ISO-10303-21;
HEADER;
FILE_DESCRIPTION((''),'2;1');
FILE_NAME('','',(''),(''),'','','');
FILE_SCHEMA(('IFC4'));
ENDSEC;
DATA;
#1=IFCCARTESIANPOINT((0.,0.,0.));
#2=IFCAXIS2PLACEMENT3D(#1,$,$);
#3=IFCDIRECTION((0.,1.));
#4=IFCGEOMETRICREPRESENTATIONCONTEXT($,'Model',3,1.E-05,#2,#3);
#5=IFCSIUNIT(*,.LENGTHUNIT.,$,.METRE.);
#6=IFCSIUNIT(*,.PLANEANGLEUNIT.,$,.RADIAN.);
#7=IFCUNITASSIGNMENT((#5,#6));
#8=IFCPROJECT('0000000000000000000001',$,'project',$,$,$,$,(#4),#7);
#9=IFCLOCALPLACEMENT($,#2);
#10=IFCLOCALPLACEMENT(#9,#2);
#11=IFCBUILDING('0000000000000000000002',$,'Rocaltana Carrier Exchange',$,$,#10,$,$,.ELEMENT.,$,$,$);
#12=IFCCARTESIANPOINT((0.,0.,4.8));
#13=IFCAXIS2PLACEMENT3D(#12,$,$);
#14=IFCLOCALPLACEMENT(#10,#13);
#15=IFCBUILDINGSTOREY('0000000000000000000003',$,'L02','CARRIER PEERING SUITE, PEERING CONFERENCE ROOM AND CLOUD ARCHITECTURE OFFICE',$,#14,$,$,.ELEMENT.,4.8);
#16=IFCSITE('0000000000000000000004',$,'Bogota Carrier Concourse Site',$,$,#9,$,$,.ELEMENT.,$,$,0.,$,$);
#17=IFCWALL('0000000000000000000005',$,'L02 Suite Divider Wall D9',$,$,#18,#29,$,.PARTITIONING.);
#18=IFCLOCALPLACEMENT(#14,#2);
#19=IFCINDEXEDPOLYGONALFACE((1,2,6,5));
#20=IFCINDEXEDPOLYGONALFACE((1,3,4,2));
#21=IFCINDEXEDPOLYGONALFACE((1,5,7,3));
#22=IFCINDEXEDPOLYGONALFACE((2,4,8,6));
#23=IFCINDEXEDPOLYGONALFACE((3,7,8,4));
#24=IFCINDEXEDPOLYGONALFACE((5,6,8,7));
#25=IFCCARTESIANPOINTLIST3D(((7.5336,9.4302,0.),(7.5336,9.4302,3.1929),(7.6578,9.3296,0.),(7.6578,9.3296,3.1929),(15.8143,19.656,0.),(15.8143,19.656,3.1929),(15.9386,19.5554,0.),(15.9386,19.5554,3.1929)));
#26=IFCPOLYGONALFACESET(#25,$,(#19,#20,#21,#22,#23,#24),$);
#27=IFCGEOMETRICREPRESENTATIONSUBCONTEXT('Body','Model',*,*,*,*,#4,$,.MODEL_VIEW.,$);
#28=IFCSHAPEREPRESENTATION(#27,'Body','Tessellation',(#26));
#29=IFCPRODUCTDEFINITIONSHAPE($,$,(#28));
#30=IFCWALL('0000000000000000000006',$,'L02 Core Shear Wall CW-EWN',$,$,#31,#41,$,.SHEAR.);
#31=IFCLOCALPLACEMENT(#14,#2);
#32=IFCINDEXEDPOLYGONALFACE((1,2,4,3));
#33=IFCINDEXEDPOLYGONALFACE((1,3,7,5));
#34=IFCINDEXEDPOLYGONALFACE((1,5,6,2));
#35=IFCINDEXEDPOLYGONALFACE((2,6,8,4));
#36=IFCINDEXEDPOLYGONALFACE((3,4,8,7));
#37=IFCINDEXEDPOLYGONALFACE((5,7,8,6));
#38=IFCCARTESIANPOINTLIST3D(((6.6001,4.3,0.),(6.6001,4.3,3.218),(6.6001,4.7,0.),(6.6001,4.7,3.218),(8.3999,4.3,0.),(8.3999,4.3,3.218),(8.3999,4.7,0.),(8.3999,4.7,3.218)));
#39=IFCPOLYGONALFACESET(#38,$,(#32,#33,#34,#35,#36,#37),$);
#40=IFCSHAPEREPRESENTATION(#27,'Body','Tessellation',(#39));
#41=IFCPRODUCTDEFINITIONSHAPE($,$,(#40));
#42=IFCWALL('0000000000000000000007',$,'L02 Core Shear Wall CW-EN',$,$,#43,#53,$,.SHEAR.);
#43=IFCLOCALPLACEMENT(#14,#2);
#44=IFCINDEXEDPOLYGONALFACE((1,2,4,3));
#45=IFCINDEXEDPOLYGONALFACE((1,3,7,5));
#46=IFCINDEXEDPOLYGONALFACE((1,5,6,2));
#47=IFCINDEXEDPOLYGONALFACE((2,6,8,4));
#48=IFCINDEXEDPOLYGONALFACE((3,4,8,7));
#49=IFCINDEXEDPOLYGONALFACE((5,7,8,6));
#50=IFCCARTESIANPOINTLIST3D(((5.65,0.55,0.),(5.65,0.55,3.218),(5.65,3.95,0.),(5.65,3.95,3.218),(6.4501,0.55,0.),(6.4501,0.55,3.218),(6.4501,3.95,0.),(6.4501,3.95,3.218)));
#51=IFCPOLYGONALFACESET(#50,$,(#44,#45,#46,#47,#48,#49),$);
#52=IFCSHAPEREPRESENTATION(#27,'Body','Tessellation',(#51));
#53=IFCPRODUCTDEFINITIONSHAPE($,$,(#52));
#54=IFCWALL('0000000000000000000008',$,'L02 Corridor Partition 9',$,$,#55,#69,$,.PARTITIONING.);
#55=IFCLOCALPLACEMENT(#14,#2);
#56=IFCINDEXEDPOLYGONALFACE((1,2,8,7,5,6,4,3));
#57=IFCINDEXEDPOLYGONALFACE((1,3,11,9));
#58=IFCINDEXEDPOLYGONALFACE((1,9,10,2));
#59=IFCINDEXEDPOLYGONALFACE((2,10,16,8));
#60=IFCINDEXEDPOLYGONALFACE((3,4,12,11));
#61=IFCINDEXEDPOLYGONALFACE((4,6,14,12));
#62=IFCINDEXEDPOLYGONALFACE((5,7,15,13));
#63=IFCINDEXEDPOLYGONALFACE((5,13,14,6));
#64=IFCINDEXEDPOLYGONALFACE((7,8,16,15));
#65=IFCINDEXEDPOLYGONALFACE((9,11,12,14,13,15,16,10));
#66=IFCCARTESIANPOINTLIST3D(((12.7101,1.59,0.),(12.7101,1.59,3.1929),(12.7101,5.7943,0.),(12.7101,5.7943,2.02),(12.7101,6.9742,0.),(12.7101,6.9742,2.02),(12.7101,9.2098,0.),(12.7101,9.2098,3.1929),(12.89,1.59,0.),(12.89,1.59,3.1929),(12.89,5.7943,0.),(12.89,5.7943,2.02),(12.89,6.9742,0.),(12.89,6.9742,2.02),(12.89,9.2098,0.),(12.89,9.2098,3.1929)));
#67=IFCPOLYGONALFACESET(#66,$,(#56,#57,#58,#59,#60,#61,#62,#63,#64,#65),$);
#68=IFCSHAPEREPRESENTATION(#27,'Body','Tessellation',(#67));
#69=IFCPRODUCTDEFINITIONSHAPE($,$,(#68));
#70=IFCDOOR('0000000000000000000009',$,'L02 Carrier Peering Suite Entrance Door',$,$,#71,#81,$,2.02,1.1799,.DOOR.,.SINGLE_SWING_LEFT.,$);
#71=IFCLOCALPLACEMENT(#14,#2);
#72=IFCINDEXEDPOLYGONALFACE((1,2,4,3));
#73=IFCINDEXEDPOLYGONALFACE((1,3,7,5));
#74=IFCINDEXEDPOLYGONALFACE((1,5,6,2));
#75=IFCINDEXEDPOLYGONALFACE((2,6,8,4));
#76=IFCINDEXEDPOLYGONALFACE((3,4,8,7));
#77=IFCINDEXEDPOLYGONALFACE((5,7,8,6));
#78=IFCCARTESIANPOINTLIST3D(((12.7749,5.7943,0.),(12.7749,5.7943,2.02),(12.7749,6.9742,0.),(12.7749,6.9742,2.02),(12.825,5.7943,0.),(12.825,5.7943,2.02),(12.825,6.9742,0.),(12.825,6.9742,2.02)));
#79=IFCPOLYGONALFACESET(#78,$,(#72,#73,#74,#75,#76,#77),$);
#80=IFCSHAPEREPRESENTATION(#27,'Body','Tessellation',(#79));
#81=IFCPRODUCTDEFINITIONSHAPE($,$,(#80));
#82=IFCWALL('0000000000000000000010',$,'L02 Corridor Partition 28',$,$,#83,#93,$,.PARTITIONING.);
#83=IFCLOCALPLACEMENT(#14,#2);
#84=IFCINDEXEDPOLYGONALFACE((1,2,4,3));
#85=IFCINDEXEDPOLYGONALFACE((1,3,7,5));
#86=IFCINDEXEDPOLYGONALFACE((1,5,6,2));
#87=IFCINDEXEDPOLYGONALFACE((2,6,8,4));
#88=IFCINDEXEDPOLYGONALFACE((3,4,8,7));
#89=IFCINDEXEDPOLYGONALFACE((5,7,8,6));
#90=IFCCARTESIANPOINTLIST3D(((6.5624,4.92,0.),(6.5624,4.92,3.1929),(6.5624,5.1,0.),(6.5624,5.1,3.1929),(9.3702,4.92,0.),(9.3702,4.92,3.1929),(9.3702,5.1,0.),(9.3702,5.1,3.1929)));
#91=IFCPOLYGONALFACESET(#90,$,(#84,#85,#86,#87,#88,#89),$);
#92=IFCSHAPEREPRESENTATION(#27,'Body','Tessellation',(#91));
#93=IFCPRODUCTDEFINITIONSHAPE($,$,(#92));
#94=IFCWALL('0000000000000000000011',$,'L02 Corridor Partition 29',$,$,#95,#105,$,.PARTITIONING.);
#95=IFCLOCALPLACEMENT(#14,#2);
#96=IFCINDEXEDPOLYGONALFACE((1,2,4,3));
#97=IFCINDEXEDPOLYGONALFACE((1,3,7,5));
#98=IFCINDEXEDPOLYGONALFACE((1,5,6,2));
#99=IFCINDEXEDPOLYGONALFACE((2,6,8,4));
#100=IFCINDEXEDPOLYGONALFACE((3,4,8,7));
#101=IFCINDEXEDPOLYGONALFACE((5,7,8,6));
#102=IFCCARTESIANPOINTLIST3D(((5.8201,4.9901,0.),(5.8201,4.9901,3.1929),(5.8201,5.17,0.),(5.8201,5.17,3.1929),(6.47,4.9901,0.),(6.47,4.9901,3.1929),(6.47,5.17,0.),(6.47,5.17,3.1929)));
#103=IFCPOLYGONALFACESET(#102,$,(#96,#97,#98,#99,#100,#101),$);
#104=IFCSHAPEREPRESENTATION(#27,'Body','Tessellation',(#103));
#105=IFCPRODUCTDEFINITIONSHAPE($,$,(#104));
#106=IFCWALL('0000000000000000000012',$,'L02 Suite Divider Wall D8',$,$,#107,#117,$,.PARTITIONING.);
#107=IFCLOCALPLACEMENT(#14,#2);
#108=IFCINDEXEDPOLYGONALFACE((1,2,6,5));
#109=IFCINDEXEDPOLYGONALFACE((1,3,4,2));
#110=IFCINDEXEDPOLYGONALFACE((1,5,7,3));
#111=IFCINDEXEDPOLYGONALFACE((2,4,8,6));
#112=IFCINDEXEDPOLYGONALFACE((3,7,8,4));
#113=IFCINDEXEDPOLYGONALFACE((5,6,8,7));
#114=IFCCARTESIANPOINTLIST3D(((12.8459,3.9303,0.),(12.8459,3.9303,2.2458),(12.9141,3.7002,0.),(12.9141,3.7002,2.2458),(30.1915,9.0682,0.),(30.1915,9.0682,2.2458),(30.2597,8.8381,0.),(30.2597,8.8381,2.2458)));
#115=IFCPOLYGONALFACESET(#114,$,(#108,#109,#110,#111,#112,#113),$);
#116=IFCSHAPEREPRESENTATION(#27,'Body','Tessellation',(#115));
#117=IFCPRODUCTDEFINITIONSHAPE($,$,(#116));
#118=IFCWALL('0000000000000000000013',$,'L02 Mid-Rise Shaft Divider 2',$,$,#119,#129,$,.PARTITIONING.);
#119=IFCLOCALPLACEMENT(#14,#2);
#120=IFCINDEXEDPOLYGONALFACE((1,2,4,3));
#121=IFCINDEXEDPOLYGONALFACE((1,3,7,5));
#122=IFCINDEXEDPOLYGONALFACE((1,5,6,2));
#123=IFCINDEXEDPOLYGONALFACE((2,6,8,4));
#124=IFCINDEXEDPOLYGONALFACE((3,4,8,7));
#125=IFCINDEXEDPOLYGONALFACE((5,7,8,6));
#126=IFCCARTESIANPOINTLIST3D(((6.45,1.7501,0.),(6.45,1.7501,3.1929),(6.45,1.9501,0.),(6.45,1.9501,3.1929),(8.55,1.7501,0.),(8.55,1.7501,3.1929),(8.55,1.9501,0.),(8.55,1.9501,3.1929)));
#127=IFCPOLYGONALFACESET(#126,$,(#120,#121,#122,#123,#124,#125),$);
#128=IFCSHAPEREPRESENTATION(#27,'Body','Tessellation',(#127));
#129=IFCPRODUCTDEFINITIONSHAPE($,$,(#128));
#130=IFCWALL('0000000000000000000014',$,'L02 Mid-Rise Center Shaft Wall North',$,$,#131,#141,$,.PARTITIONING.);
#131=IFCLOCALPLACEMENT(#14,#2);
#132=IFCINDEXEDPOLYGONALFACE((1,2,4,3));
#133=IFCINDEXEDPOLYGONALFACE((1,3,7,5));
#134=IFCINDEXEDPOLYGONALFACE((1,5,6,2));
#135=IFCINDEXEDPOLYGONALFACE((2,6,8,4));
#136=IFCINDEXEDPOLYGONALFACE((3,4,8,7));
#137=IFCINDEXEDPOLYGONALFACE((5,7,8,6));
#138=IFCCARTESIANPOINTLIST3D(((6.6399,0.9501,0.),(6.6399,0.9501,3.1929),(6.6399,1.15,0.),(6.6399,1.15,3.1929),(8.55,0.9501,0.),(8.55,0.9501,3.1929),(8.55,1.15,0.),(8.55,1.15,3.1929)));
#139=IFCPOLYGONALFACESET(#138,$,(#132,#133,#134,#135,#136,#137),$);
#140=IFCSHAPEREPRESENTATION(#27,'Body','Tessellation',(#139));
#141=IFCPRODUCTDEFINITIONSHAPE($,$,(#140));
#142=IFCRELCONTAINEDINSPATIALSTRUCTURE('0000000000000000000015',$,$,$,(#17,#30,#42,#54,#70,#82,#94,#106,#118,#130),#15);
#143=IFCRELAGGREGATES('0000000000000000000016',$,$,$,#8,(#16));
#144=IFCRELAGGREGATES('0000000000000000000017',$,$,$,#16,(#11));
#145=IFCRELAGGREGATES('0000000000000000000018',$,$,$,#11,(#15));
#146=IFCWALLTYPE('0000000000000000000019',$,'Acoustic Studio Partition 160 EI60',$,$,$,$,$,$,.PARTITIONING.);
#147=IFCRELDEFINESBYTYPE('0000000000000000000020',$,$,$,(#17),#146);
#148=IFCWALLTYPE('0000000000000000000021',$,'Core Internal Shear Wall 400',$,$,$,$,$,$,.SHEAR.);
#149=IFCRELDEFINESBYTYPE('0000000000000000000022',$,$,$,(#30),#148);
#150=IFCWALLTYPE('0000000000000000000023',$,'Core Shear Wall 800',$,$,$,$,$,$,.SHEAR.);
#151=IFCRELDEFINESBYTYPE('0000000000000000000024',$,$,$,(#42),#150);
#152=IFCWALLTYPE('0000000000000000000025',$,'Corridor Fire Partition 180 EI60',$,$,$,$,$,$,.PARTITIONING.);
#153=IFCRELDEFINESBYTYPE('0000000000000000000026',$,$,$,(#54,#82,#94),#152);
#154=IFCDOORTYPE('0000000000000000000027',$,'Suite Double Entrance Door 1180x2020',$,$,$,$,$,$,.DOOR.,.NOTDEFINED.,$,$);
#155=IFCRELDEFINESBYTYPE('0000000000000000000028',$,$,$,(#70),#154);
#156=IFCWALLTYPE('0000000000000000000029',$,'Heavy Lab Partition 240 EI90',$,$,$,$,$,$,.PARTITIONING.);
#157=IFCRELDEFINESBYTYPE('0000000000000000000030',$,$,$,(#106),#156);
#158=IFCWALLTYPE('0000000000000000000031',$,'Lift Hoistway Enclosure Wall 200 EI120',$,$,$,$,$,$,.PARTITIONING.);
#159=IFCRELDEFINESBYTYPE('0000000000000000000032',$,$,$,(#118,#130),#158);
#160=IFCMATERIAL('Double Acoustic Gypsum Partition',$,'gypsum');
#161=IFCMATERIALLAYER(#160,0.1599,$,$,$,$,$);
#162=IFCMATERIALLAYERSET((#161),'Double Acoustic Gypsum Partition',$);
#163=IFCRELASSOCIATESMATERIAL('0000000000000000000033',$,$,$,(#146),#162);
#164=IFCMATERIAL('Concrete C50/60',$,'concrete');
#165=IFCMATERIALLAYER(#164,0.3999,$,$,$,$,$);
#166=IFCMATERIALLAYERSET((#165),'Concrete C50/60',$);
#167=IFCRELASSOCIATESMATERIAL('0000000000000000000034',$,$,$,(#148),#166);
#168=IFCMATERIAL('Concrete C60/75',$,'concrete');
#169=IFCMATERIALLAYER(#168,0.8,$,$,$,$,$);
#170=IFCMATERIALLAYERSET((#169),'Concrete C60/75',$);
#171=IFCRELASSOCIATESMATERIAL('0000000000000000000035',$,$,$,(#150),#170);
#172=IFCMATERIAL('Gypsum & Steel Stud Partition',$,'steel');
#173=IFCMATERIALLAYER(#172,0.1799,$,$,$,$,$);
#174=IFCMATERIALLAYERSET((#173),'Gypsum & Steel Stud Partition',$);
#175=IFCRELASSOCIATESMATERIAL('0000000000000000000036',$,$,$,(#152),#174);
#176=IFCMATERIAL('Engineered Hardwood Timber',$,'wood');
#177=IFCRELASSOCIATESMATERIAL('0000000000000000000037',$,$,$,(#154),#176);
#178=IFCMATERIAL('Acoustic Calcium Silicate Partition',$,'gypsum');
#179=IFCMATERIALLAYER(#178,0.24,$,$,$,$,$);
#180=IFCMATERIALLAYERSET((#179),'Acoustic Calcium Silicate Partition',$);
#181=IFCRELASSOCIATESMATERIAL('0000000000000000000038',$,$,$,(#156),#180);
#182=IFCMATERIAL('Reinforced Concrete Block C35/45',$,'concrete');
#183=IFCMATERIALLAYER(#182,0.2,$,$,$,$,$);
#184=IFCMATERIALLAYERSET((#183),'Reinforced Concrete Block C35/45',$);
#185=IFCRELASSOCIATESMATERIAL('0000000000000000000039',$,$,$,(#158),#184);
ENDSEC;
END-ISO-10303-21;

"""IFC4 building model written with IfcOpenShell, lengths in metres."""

from ifc_helpers import new_model, si_unit, direction, frame, frame_2d, origin, place, context, subcontext, project, spatial, rectangle, extrude, material, layer, layer_set, type_object, element, fill, save


model = new_model("IFC4")

# Units and contexts
model_context = context("Model", 3, precision=1e-05, world=origin(), true_north=direction((0.0, 1.0)))
body_context = subcontext(model_context, "Body", "Model", "MODEL_VIEW")
ifc_project = project(units=[si_unit("LENGTHUNIT", "METRE"), si_unit("PLANEANGLEUNIT", "RADIAN")], contexts=[model_context])

# Site, building, storey
site_placement = place(None, origin())
site = spatial("IfcSite", under=ifc_project, at=site_placement, Name="Bogota Carrier Concourse Site", CompositionType="ELEMENT", RefElevation=0.0)
building_placement = place(site_placement, origin())
building = spatial("IfcBuilding", under=site, at=building_placement, Name="Rocaltana Carrier Exchange", CompositionType="ELEMENT")
storey_placement = place(building_placement, frame((0.0, 0.0, 4.8)))
storey = spatial("IfcBuildingStorey", under=building, at=storey_placement, Name="L02", Description="CARRIER PEERING SUITE, PEERING CONFERENCE ROOM AND CLOUD ARCHITECTURE OFFICE", CompositionType="ELEMENT", Elevation=4.8)

# Walls
ifc_material_1 = material(Name="Double Acoustic Gypsum Partition", Category="gypsum")
ifc_layer_1 = layer(ifc_material_1, 0.1599)
ifc_layer_set_1 = layer_set([ifc_layer_1], Name="Double Acoustic Gypsum Partition")
wall_type_1 = type_object("IfcWallType", Name="Acoustic Studio Partition 160 EI60", PredefinedType="PARTITIONING", material=ifc_layer_set_1)
wall_1_placement = place(storey_placement, frame((7.5957, 9.3799, 0.0), z_axis=(0.0, 0.0, 1.0), x_axis=(0.629323, 0.777144, 0.0)))
element("IfcWall", 1, at=wall_1_placement, inside=storey, type_object=wall_type_1, Name="L02 Suite Divider Wall D9", PredefinedType="PARTITIONING", context=body_context, shape_type="SweptSolid", body=[
    extrude(rectangle(XDim=13.1582, YDim=0.1599, at=frame_2d((6.5791, 0.0))), origin(), (0.0, 0.0, 1.0), 3.1929),
])
ifc_material_2 = material(Name="Concrete C50/60", Category="concrete")
ifc_layer_2 = layer(ifc_material_2, 0.3999)
ifc_layer_set_2 = layer_set([ifc_layer_2], Name="Concrete C50/60")
wall_type_2 = type_object("IfcWallType", Name="Core Internal Shear Wall 400", PredefinedType="SHEAR", material=ifc_layer_set_2)
wall_2_placement = place(storey_placement, frame((6.6001, 4.5, 0.0), z_axis=(0.0, 0.0, 1.0), x_axis=(1.0, 0.0, 0.0)))
element("IfcWall", 2, at=wall_2_placement, inside=storey, type_object=wall_type_2, Name="L02 Core Shear Wall CW-EWN", PredefinedType="SHEAR", context=body_context, shape_type="SweptSolid", body=[
    extrude(rectangle(XDim=1.7998, YDim=0.3999, at=frame_2d((0.8999, 0.0))), origin(), (0.0, 0.0, 1.0), 3.218),
])
ifc_material_3 = material(Name="Concrete C60/75", Category="concrete")
ifc_layer_3 = layer(ifc_material_3, 0.8)
ifc_layer_set_3 = layer_set([ifc_layer_3], Name="Concrete C60/75")
wall_type_3 = type_object("IfcWallType", Name="Core Shear Wall 800", PredefinedType="SHEAR", material=ifc_layer_set_3)
wall_3_placement = place(storey_placement, frame((6.05, 0.55, 0.0), z_axis=(0.0, 0.0, 1.0), x_axis=(0.0, 1.0, 0.0)))
element("IfcWall", 3, at=wall_3_placement, inside=storey, type_object=wall_type_3, Name="L02 Core Shear Wall CW-EN", PredefinedType="SHEAR", context=body_context, shape_type="SweptSolid", body=[
    extrude(rectangle(XDim=3.3999, YDim=0.8, at=frame_2d((1.7, 0.0))), origin(), (0.0, 0.0, 1.0), 3.218),
])

# Wall, opening, door
ifc_material_4 = material(Name="Gypsum & Steel Stud Partition", Category="steel")
ifc_layer_4 = layer(ifc_material_4, 0.1799)
ifc_layer_set_4 = layer_set([ifc_layer_4], Name="Gypsum & Steel Stud Partition")
wall_type_4 = type_object("IfcWallType", Name="Corridor Fire Partition 180 EI60", PredefinedType="PARTITIONING", material=ifc_layer_set_4)
wall_4_placement = place(storey_placement, frame((12.8, 9.21, 0.0), z_axis=(0.0, 0.0, 1.0), x_axis=(0.0, -1.0, 0.0)))
wall_4 = element("IfcWall", 4, at=wall_4_placement, inside=storey, type_object=wall_type_4, Name="L02 Corridor Partition 9", PredefinedType="PARTITIONING", context=body_context, shape_type="SweptSolid", body=[
    extrude(rectangle(XDim=7.6199, YDim=0.1799, at=frame_2d((3.8101, 0.0))), origin(), (0.0, 0.0, 1.0), 3.1929),
])
opening_1_placement = place(wall_4_placement, frame((2.2358, 0.0, 0.0)))
opening_1 = element("IfcOpeningElement", 5, at=opening_1_placement, cuts=wall_4, PredefinedType="OPENING", context=body_context, shape_type="SweptSolid", body=[
    extrude(rectangle(XDim=1.1799, YDim=2.02, at=frame_2d((0.5898, 1.01))), frame((0.0, 0.0999, 0.0), z_axis=(0.0, -1.0, 0.0), x_axis=(1.0, 0.0, 0.0)), (0.0, 0.0, 1.0), 0.2),
])
ifc_material_5 = material(Name="Engineered Hardwood Timber", Category="wood")
door_type = type_object("IfcDoorType", Name="Suite Double Entrance Door 1180x2020", OperationType="NOTDEFINED", PredefinedType="DOOR", material=ifc_material_5)
door_placement = place(opening_1_placement, origin())
door = element("IfcDoor", 6, at=door_placement, inside=storey, type_object=door_type, Name="L02 Carrier Peering Suite Entrance Door", OperationType="SINGLE_SWING_LEFT", OverallHeight=2.02, OverallWidth=1.1799, PredefinedType="DOOR", context=body_context, shape_type="SweptSolid", body=[
    extrude(rectangle(XDim=1.1799, YDim=2.02, at=frame_2d((0.5898, 1.01))), frame((0.0, 0.0249, 0.0), z_axis=(0.0, -1.0, 0.0), x_axis=(1.0, 0.0, 0.0)), (0.0, 0.0, 1.0), 0.05),
])
fill(opening_1, door)

# Walls
wall_5_placement = place(storey_placement, frame((9.3701, 5.01, 0.0), z_axis=(0.0, 0.0, 1.0), x_axis=(-1.0, 0.0, 0.0)))
element("IfcWall", 7, at=wall_5_placement, inside=storey, type_object=wall_type_4, Name="L02 Corridor Partition 28", PredefinedType="PARTITIONING", context=body_context, shape_type="SweptSolid", body=[
    extrude(rectangle(XDim=2.8079, YDim=0.1799, at=frame_2d((1.4038, 0.0))), origin(), (0.0, 0.0, 1.0), 3.1929),
])
wall_6_placement = place(storey_placement, frame((6.47, 5.0801, 0.0), z_axis=(0.0, 0.0, 1.0), x_axis=(-1.0, 0.0, 0.0)))
element("IfcWall", 8, at=wall_6_placement, inside=storey, type_object=wall_type_4, Name="L02 Corridor Partition 29", PredefinedType="PARTITIONING", context=body_context, shape_type="SweptSolid", body=[
    extrude(rectangle(XDim=0.6499, YDim=0.1799, at=frame_2d((0.325, 0.0))), origin(), (0.0, 0.0, 1.0), 3.1929),
])
ifc_material_6 = material(Name="Acoustic Calcium Silicate Partition", Category="gypsum")
ifc_layer_5 = layer(ifc_material_6, 0.24)
ifc_layer_set_5 = layer_set([ifc_layer_5], Name="Acoustic Calcium Silicate Partition")
wall_type_5 = type_object("IfcWallType", Name="Heavy Lab Partition 240 EI90", PredefinedType="PARTITIONING", material=ifc_layer_set_5)
wall_7_placement = place(storey_placement, frame((12.8799, 3.8152, 0.0), z_axis=(0.0, 0.0, 1.0), x_axis=(0.958821, 0.284011, 0.0)))
element("IfcWall", 9, at=wall_7_placement, inside=storey, type_object=wall_type_5, Name="L02 Suite Divider Wall D8", PredefinedType="PARTITIONING", context=body_context, shape_type="SweptSolid", body=[
    extrude(rectangle(XDim=18.0906, YDim=0.24, at=frame_2d((9.0454, 0.0))), origin(), (0.0, 0.0, 1.0), 2.2458),
])
ifc_material_7 = material(Name="Reinforced Concrete Block C35/45", Category="concrete")
ifc_layer_6 = layer(ifc_material_7, 0.2)
ifc_layer_set_6 = layer_set([ifc_layer_6], Name="Reinforced Concrete Block C35/45")
wall_type_6 = type_object("IfcWallType", Name="Lift Hoistway Enclosure Wall 200 EI120", PredefinedType="PARTITIONING", material=ifc_layer_set_6)
wall_8_placement = place(storey_placement, frame((6.45, 1.8501, 0.0), z_axis=(0.0, 0.0, 1.0), x_axis=(1.0, 0.0, 0.0)))
element("IfcWall", 10, at=wall_8_placement, inside=storey, type_object=wall_type_6, Name="L02 Mid-Rise Shaft Divider 2", PredefinedType="PARTITIONING", context=body_context, shape_type="SweptSolid", body=[
    extrude(rectangle(XDim=2.1001, YDim=0.2, at=frame_2d((1.05, 0.0))), origin(), (0.0, 0.0, 1.0), 3.1929),
])
wall_9_placement = place(storey_placement, frame((6.6399, 1.05, 0.0), z_axis=(0.0, 0.0, 1.0), x_axis=(1.0, 0.0, 0.0)))
element("IfcWall", 11, at=wall_9_placement, inside=storey, type_object=wall_type_6, Name="L02 Mid-Rise Center Shaft Wall North", PredefinedType="PARTITIONING", context=body_context, shape_type="SweptSolid", body=[
    extrude(rectangle(XDim=1.9102, YDim=0.2, at=frame_2d((0.9551, 0.0))), origin(), (0.0, 0.0, 1.0), 3.1929),
])

save(model, "model.ifc")
